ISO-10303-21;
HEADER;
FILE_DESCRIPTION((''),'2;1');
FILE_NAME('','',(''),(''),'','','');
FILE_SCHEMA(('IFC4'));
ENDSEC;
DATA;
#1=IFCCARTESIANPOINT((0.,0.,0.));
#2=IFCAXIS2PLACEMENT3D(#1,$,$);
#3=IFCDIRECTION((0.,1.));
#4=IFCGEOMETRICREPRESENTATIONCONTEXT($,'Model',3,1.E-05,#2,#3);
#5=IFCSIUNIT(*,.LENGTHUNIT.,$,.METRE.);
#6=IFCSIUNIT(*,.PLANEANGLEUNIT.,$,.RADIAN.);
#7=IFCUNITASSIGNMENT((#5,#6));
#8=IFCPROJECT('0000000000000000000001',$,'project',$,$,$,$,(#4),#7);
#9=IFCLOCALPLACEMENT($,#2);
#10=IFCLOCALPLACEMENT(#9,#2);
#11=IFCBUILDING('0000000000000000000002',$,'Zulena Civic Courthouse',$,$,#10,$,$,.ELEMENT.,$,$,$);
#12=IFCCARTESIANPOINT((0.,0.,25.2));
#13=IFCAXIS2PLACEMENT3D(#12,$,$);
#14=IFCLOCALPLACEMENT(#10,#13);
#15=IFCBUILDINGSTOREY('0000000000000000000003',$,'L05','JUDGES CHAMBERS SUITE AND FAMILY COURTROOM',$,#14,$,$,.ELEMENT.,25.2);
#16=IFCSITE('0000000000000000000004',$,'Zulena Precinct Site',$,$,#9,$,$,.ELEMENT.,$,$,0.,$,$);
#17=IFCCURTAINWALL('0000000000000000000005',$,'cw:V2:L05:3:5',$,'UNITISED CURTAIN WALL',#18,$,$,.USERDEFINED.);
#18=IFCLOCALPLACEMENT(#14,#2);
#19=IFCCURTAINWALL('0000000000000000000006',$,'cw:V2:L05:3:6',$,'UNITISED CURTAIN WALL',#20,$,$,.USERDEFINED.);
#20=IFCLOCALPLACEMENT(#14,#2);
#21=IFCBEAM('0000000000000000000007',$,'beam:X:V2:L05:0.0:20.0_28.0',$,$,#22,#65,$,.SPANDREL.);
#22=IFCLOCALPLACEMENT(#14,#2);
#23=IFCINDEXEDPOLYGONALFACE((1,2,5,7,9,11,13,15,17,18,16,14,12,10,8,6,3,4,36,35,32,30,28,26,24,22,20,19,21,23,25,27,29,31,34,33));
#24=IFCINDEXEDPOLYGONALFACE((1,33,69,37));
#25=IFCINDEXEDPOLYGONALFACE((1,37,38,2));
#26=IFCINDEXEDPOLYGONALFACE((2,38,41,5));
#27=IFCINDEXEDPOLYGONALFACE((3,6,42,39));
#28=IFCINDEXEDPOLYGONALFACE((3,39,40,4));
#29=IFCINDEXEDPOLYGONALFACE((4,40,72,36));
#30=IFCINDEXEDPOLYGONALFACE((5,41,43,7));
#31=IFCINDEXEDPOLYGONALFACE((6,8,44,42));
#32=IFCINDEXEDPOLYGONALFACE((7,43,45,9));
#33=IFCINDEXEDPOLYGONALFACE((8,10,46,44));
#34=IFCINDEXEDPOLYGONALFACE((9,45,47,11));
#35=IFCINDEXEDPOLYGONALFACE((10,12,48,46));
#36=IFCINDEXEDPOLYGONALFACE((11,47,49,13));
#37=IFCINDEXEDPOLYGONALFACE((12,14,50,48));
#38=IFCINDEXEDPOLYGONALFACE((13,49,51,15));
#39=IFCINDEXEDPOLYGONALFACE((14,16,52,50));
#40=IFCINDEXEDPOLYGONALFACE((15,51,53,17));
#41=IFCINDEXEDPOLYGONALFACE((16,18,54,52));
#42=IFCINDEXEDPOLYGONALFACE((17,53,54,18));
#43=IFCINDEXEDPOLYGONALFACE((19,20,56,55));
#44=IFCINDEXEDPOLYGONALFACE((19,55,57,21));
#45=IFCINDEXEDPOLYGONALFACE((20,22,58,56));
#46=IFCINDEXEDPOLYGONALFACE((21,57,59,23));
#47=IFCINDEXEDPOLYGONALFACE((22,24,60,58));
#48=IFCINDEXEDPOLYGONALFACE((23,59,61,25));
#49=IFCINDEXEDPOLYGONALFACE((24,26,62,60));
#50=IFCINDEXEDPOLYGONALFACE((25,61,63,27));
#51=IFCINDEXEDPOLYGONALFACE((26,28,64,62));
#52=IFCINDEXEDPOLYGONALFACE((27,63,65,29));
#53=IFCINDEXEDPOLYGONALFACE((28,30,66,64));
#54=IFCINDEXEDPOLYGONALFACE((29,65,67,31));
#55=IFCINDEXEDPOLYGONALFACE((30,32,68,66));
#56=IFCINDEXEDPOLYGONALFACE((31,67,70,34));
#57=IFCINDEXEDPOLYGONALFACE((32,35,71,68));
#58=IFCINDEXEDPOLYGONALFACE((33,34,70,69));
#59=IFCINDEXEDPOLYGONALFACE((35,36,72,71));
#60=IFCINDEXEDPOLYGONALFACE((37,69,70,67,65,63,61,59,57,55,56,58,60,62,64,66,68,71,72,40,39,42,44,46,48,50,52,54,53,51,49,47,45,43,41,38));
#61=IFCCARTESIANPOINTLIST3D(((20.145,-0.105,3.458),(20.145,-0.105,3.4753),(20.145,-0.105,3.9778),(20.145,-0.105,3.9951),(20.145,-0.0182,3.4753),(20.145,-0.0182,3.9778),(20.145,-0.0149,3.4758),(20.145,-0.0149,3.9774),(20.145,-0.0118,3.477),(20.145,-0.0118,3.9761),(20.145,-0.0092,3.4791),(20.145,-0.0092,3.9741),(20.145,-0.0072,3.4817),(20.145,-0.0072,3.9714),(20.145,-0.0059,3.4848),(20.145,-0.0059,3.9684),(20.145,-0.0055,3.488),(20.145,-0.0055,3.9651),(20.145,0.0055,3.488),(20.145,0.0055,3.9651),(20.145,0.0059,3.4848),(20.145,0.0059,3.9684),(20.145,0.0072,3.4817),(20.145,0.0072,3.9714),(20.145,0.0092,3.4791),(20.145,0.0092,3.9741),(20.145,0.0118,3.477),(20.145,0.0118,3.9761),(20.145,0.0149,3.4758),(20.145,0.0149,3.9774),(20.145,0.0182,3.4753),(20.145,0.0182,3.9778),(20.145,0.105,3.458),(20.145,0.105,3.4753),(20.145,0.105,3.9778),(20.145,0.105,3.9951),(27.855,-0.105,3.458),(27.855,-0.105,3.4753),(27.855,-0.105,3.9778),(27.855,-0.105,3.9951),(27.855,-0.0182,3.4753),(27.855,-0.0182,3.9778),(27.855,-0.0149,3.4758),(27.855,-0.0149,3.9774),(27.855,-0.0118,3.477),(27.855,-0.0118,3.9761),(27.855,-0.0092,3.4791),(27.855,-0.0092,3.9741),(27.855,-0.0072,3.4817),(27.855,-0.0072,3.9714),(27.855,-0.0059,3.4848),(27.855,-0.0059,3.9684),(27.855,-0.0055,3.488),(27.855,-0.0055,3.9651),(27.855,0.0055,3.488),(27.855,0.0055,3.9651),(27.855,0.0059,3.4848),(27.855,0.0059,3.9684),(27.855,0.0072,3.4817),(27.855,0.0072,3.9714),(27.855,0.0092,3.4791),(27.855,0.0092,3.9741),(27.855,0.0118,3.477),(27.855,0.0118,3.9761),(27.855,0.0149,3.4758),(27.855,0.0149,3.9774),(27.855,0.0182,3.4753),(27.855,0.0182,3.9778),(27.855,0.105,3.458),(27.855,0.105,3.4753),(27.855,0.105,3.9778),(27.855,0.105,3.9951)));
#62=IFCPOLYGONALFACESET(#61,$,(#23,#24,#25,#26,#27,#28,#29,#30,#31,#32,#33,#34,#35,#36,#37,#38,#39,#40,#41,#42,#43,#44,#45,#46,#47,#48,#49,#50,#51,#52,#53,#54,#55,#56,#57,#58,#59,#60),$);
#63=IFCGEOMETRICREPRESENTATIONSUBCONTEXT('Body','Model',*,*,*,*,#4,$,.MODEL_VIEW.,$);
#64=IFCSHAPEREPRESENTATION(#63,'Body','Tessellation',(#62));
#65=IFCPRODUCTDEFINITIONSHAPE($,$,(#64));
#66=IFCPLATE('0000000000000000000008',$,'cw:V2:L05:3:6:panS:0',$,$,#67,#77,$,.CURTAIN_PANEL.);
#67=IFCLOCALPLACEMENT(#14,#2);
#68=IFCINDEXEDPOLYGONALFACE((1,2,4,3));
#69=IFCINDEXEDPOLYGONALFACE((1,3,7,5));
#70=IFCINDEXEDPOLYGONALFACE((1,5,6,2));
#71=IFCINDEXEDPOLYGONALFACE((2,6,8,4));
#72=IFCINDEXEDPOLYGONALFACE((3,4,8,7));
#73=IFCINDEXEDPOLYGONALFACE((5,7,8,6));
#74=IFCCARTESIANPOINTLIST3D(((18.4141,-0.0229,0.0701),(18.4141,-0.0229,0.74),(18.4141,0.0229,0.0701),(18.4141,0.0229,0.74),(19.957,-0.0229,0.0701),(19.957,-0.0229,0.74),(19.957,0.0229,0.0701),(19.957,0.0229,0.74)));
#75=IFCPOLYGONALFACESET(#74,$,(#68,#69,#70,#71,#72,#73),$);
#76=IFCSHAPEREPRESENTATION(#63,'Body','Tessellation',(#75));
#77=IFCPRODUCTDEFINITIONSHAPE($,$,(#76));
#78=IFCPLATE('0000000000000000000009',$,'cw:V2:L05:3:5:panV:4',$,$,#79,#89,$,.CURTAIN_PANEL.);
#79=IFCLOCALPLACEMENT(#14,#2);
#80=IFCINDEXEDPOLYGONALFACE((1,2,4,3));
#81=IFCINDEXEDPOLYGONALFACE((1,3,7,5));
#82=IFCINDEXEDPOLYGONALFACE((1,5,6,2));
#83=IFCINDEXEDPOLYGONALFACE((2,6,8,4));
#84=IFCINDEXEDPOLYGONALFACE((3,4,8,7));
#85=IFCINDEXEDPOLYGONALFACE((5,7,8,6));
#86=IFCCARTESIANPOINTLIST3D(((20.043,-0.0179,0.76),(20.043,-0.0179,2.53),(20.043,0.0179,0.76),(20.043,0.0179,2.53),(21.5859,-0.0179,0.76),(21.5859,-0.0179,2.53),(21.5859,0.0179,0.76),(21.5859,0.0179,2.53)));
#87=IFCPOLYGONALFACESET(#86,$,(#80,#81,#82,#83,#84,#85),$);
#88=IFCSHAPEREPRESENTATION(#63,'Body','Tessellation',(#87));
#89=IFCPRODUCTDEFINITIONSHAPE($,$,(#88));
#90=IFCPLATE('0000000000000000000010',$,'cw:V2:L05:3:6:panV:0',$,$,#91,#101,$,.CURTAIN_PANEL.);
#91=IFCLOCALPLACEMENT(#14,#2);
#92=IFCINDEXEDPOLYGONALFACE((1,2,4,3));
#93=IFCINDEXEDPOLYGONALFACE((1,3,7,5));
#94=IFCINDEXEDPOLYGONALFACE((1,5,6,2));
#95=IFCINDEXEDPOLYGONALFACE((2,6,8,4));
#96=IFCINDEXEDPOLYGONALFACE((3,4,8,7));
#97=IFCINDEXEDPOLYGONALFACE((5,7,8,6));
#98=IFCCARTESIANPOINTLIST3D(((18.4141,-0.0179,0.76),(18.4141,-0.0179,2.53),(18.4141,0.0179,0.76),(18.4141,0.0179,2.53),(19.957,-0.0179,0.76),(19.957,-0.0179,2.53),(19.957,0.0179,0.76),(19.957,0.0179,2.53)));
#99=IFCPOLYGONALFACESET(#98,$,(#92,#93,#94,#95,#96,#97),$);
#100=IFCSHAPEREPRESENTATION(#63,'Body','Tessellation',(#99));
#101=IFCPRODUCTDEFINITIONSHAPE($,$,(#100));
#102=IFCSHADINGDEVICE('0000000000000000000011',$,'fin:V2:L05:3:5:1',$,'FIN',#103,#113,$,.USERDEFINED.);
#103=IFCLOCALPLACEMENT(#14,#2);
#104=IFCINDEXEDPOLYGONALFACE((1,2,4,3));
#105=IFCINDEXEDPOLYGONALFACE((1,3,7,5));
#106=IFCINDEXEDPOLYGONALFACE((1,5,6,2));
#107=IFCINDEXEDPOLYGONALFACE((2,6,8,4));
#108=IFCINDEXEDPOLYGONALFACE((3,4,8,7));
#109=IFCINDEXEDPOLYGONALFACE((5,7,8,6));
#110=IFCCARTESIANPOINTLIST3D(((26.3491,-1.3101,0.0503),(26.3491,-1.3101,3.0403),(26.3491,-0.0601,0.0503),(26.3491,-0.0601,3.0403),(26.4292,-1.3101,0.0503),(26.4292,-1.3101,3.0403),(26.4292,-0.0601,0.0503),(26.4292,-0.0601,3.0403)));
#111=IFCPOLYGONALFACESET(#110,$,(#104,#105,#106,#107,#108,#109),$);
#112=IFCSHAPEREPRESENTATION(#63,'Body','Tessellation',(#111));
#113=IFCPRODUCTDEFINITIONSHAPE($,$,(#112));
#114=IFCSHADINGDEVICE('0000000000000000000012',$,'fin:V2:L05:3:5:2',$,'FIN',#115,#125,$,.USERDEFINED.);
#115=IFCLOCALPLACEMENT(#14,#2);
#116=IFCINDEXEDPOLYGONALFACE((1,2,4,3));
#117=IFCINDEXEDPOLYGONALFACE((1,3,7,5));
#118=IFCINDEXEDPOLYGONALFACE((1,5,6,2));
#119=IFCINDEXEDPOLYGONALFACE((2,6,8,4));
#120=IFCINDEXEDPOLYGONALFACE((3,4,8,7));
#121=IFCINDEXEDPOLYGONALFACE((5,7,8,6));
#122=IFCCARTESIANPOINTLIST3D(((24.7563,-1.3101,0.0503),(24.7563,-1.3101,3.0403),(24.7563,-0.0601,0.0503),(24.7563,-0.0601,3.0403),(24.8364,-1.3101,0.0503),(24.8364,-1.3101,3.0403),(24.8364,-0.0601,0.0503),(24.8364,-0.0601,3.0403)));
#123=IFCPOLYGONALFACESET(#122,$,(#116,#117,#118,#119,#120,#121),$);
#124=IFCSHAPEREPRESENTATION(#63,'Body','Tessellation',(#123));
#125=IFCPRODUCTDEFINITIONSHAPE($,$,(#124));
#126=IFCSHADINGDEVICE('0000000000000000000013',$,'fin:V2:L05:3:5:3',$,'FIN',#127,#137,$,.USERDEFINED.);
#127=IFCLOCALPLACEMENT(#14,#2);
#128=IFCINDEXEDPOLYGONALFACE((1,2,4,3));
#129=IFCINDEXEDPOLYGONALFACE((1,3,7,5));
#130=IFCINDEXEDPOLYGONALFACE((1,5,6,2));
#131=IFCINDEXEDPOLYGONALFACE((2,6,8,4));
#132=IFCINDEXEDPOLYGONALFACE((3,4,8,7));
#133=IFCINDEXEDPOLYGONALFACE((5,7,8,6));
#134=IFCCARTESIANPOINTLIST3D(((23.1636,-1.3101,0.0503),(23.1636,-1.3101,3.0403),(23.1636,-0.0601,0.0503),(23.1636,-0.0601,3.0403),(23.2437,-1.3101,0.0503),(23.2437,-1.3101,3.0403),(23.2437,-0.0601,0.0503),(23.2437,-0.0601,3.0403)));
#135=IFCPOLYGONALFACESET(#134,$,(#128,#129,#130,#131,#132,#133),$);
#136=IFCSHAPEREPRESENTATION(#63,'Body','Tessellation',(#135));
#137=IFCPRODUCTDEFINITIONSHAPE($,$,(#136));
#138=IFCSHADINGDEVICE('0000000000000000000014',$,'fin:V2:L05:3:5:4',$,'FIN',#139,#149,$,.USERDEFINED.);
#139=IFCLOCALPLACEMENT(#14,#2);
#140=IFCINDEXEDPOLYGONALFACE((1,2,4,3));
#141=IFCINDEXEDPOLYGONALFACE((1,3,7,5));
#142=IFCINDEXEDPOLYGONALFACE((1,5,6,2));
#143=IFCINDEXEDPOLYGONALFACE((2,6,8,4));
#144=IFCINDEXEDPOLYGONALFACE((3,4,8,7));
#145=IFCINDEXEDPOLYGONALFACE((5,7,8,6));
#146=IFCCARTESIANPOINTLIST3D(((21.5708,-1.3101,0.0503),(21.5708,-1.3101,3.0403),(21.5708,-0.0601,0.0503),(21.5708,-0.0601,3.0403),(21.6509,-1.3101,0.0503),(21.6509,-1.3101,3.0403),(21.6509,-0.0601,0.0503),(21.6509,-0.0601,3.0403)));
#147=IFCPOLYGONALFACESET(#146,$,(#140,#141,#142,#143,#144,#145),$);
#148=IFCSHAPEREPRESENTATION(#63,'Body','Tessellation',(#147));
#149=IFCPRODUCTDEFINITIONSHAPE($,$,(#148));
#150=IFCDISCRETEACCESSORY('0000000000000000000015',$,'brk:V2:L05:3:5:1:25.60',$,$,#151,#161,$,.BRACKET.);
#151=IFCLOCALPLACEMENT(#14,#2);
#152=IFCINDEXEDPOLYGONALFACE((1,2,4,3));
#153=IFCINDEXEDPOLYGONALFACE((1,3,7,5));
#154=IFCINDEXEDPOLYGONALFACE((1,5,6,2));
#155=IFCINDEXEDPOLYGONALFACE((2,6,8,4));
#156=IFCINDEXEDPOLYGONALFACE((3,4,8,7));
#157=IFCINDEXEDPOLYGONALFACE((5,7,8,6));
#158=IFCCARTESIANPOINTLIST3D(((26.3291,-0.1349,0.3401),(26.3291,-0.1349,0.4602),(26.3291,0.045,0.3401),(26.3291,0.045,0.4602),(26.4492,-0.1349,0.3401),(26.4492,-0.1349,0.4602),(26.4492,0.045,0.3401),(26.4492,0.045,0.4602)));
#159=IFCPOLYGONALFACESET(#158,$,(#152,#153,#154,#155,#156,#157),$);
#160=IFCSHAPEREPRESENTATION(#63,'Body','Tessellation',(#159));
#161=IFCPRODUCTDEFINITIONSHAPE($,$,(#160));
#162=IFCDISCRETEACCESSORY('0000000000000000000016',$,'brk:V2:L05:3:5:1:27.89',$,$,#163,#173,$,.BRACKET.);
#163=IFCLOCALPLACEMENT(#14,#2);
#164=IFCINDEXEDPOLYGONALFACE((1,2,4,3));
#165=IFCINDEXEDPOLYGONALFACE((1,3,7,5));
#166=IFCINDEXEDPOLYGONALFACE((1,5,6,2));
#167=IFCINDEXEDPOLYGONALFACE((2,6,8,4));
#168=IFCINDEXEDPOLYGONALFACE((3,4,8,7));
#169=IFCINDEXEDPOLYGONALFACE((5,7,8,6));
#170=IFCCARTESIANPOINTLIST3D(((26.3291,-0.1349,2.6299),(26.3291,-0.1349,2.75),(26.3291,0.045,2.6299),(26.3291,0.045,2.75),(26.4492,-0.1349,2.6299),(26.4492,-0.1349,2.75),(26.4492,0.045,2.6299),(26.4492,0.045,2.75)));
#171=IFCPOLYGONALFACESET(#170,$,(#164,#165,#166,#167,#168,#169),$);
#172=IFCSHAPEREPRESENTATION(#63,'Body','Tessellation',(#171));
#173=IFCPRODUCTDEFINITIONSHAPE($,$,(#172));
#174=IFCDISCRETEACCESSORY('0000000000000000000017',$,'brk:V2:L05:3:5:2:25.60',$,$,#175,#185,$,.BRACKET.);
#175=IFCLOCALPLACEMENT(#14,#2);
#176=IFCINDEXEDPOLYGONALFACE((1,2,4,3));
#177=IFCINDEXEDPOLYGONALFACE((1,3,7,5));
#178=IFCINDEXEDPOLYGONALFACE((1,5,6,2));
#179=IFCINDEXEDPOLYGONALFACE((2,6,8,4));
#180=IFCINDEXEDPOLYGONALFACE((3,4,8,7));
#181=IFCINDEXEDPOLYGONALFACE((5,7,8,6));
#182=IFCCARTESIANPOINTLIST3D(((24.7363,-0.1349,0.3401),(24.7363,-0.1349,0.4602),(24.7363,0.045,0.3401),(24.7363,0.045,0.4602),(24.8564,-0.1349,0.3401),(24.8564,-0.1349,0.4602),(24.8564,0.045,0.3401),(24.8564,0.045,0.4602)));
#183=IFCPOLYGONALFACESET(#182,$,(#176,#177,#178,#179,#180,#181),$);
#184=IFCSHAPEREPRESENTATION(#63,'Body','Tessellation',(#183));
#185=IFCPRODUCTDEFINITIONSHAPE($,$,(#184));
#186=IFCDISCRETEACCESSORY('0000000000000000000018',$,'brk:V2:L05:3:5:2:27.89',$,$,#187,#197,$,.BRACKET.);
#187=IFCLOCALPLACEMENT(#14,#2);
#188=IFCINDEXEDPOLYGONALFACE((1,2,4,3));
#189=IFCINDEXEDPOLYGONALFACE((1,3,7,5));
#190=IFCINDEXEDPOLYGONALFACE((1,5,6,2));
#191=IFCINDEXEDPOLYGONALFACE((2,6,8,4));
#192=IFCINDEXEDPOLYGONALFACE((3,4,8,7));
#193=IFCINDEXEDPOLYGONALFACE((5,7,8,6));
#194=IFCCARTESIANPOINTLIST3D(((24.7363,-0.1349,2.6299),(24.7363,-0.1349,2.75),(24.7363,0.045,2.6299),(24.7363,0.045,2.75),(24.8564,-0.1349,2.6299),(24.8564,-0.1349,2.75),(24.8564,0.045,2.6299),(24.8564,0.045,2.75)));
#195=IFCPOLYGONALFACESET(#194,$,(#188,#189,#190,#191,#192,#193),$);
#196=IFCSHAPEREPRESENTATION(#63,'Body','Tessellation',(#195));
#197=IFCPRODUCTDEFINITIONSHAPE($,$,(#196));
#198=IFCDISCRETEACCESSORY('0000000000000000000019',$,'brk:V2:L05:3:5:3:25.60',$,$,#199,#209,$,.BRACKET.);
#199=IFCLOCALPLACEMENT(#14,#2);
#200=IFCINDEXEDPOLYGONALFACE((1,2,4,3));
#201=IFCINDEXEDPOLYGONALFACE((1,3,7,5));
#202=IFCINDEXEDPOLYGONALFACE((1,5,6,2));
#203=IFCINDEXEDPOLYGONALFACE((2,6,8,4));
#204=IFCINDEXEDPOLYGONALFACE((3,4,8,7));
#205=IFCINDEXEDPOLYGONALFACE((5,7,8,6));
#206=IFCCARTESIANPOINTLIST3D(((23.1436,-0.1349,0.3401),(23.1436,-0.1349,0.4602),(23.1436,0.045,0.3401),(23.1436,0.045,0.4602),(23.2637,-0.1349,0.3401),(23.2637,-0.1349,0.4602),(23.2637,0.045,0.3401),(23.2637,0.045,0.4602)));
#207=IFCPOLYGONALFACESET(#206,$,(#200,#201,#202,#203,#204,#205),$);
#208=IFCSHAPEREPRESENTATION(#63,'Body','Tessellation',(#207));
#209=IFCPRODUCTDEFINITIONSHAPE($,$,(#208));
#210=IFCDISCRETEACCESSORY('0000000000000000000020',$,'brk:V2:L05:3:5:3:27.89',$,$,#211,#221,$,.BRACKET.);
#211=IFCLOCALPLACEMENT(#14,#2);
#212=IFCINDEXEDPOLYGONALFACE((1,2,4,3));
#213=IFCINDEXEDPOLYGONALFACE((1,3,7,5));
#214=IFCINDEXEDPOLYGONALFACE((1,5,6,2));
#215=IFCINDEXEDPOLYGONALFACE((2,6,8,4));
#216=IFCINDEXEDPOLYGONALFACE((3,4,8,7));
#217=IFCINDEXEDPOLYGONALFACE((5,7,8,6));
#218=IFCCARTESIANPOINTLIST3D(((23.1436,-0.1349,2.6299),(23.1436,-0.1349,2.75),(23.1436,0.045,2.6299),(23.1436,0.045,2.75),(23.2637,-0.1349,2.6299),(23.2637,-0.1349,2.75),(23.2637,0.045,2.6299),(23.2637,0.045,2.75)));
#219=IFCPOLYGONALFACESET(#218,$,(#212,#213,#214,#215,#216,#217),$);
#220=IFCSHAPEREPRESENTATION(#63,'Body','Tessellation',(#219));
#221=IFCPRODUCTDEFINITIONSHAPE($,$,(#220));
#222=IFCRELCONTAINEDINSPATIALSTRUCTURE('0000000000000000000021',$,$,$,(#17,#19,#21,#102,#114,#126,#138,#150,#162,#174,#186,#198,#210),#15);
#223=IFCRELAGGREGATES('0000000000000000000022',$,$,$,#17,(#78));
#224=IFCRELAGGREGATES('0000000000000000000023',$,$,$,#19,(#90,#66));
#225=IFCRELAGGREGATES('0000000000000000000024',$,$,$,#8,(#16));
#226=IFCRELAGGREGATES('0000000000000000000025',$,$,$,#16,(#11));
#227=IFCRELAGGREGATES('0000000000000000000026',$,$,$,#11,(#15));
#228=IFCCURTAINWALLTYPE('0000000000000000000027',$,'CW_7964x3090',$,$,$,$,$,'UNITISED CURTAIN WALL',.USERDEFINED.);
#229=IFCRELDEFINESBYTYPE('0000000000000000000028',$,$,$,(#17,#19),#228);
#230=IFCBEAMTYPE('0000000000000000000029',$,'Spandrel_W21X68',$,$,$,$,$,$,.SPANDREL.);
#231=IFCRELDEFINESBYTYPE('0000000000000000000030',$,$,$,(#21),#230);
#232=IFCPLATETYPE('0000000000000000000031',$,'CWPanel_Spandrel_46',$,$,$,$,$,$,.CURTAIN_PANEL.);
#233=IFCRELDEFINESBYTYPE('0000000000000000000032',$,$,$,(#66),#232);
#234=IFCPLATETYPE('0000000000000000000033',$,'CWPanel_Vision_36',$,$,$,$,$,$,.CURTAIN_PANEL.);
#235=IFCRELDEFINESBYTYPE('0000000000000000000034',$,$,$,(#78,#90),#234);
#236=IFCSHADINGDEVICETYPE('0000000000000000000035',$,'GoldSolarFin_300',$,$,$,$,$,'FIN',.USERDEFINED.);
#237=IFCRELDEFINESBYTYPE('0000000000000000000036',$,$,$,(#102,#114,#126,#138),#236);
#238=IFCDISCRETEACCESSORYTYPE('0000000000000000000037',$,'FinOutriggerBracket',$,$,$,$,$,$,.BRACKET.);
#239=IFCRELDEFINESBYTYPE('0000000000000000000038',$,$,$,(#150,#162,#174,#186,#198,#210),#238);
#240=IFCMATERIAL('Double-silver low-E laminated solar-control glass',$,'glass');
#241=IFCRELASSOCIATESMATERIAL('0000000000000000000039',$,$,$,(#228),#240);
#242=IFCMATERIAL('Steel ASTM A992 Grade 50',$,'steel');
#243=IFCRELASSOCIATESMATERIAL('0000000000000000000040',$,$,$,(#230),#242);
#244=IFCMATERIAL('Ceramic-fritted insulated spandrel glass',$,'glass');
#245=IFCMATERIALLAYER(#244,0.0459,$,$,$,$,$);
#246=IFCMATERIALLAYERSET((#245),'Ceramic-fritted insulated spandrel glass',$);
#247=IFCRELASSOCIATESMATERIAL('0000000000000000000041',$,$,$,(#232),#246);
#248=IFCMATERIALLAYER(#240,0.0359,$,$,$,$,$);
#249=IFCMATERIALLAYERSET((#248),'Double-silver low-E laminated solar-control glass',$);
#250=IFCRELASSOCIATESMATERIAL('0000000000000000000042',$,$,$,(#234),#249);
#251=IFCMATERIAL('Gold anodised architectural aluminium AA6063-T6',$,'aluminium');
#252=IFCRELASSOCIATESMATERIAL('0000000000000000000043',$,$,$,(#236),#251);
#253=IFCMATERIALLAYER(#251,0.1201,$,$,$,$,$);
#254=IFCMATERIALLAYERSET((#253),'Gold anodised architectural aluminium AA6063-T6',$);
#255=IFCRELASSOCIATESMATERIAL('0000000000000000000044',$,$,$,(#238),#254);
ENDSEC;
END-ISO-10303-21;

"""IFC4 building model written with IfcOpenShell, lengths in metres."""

from ifc_helpers import new_model, si_unit, direction, frame, origin, origin_2d, place, context, subcontext, project, spatial, rectangle, i_section, extrude, material, layer, layer_set, material_profile, profile_set, type_object, element, aggregate, save


model = new_model("IFC4")

# Units and contexts
model_context = context("Model", 3, precision=1e-05, world=origin(), true_north=direction((0.0, 1.0)))
body_context = subcontext(model_context, "Body", "Model", "MODEL_VIEW")
ifc_project = project(units=[si_unit("LENGTHUNIT", "METRE"), si_unit("PLANEANGLEUNIT", "RADIAN")], contexts=[model_context])

# Site, building, storey
site_placement = place(None, origin())
site = spatial("IfcSite", under=ifc_project, at=site_placement, Name="Zulena Precinct Site", CompositionType="ELEMENT", RefElevation=0.0)
building_placement = place(site_placement, origin())
building = spatial("IfcBuilding", under=site, at=building_placement, Name="Zulena Civic Courthouse", CompositionType="ELEMENT")
storey_placement = place(building_placement, frame((0.0, 0.0, 25.2)))
storey = spatial("IfcBuildingStorey", under=building, at=storey_placement, Name="L05", Description="JUDGES CHAMBERS SUITE AND FAMILY COURTROOM", CompositionType="ELEMENT", Elevation=25.2)

# Shared definitions
ifc_material_1 = material(Name="Steel ASTM A992 Grade 50", Category="steel")

# Curtain wall
ifc_material_2 = material(Name="Double-silver low-E laminated solar-control glass", Category="glass")
curtain_wall_type = type_object("IfcCurtainWallType", Name="CW_7964x3090", ElementType="UNITISED CURTAIN WALL", PredefinedType="USERDEFINED", material=ifc_material_2)
curtain_wall_1_placement = place(storey_placement, origin())
curtain_wall_1 = element("IfcCurtainWall", 1, at=curtain_wall_1_placement, inside=storey, type_object=curtain_wall_type, Name="cw:V2:L05:3:5", ObjectType="UNITISED CURTAIN WALL", PredefinedType="USERDEFINED")

# Curtain wall
curtain_wall_2_placement = place(storey_placement, origin())
curtain_wall_2 = element("IfcCurtainWall", 2, at=curtain_wall_2_placement, inside=storey, type_object=curtain_wall_type, Name="cw:V2:L05:3:6", ObjectType="UNITISED CURTAIN WALL", PredefinedType="USERDEFINED")

# Beam
ifc_material_profile_1 = material_profile(ifc_material_1, i_section(OverallWidth=0.21, OverallDepth=0.5371, WebThickness=0.011, FlangeThickness=0.0173, FilletRadius=0.0127, at=origin_2d()), Name="W21X68")
ifc_profile_set_1 = profile_set([ifc_material_profile_1], Name="Steel ASTM A992 Grade 50")
beam_type = type_object("IfcBeamType", Name="Spandrel_W21X68", PredefinedType="SPANDREL", material=ifc_profile_set_1)
beam_placement = place(storey_placement, frame((20.145, 0.0, 3.7266), z_axis=(1.0, 0.0, 0.0), x_axis=(0.0, 1.0, 0.0)))
element("IfcBeam", 3, at=beam_placement, inside=storey, type_object=beam_type, Name="beam:X:V2:L05:0.0:20.0_28.0", PredefinedType="SPANDREL", context=body_context, shape_type="SweptSolid", body=[
    extrude(i_section(OverallWidth=0.21, OverallDepth=0.5371, WebThickness=0.011, FlangeThickness=0.0173, FilletRadius=0.0127, at=origin_2d()), origin(), (0.0, 0.0, 1.0), 7.71),
])

# Plates
ifc_material_3 = material(Name="Ceramic-fritted insulated spandrel glass", Category="glass")
ifc_layer_1 = layer(ifc_material_3, 0.0459)
ifc_layer_set_1 = layer_set([ifc_layer_1], Name="Ceramic-fritted insulated spandrel glass")
plate_type_1 = type_object("IfcPlateType", Name="CWPanel_Spandrel_46", PredefinedType="CURTAIN_PANEL", material=ifc_layer_set_1)
plate_1_placement = place(storey_placement, frame((19.1855, 0.0, 0.0701), z_axis=(0.0, 0.0, 1.0), x_axis=(-1.0, 0.0, 0.0)))
plate_1 = element("IfcPlate", 4, at=plate_1_placement, type_object=plate_type_1, Name="cw:V2:L05:3:6:panS:0", PredefinedType="CURTAIN_PANEL", context=body_context, shape_type="SweptSolid", body=[
    extrude(rectangle(XDim=1.543, YDim=0.0459, at=origin_2d()), origin(), (0.0, 0.0, 1.0), 0.6699),
])
ifc_layer_2 = layer(ifc_material_2, 0.0359)
ifc_layer_set_2 = layer_set([ifc_layer_2], Name="Double-silver low-E laminated solar-control glass")
plate_type_2 = type_object("IfcPlateType", Name="CWPanel_Vision_36", PredefinedType="CURTAIN_PANEL", material=ifc_layer_set_2)
plate_2_placement = place(storey_placement, frame((20.8145, 0.0, 0.76), z_axis=(0.0, 0.0, 1.0), x_axis=(-1.0, 0.0, 0.0)))
plate_2 = element("IfcPlate", 5, at=plate_2_placement, type_object=plate_type_2, Name="cw:V2:L05:3:5:panV:4", PredefinedType="CURTAIN_PANEL", context=body_context, shape_type="SweptSolid", body=[
    extrude(rectangle(XDim=1.543, YDim=0.0359, at=origin_2d()), origin(), (0.0, 0.0, 1.0), 1.77),
])
aggregate(curtain_wall_1, [plate_2])
plate_3_placement = place(storey_placement, frame((19.1855, 0.0, 0.76), z_axis=(0.0, 0.0, 1.0), x_axis=(-1.0, 0.0, 0.0)))
plate_3 = element("IfcPlate", 6, at=plate_3_placement, type_object=plate_type_2, Name="cw:V2:L05:3:6:panV:0", PredefinedType="CURTAIN_PANEL", context=body_context, shape_type="SweptSolid", body=[
    extrude(rectangle(XDim=1.543, YDim=0.0359, at=origin_2d()), origin(), (0.0, 0.0, 1.0), 1.77),
])
aggregate(curtain_wall_2, [plate_3, plate_1])

# Shading devices
ifc_material_4 = material(Name="Gold anodised architectural aluminium AA6063-T6", Category="aluminium")
shading_device_type = type_object("IfcShadingDeviceType", Name="GoldSolarFin_300", ElementType="FIN", PredefinedType="USERDEFINED", material=ifc_material_4)
for number, where, z_axis, x_axis, name in (
    (7, (26.3892, -0.6851, 0.0503), (0.0, 0.0, 1.0), (0.0, -1.0, 0.0), "fin:V2:L05:3:5:1"),
    (8, (24.7964, -0.6851, 0.0503), (0.0, 0.0, 1.0), (0.0, -1.0, 0.0), "fin:V2:L05:3:5:2"),
    (9, (23.2036, -0.6851, 0.0503), (0.0, 0.0, 1.0), (0.0, -1.0, 0.0), "fin:V2:L05:3:5:3"),
    (10, (21.6108, -0.6851, 0.0503), (0.0, 0.0, 1.0), (0.0, -1.0, 0.0), "fin:V2:L05:3:5:4"),
):
    element("IfcShadingDevice", number, at=place(storey_placement, frame(where, z_axis=z_axis, x_axis=x_axis)), inside=storey, type_object=shading_device_type, Name=name, ObjectType="FIN", PredefinedType="USERDEFINED", context=body_context, shape_type="SweptSolid", body=[
        extrude(rectangle(XDim=1.25, YDim=0.0801, at=origin_2d()), origin(), (0.0, 0.0, 1.0), 2.99),
    ])

# Discrete accessories
ifc_layer_3 = layer(ifc_material_4, 0.1201)
ifc_layer_set_3 = layer_set([ifc_layer_3], Name="Gold anodised architectural aluminium AA6063-T6")
discrete_accessory_type = type_object("IfcDiscreteAccessoryType", Name="FinOutriggerBracket", PredefinedType="BRACKET", material=ifc_layer_set_3)
for number, where, z_axis, x_axis, name in (
    (11, (26.3892, -0.0449, 0.3401), (0.0, 0.0, 1.0), (0.0, -1.0, 0.0), "brk:V2:L05:3:5:1:25.60"),
    (12, (26.3892, -0.0449, 2.6299), (0.0, 0.0, 1.0), (0.0, -1.0, 0.0), "brk:V2:L05:3:5:1:27.89"),
    (13, (24.7964, -0.0449, 0.3401), (0.0, 0.0, 1.0), (0.0, -1.0, 0.0), "brk:V2:L05:3:5:2:25.60"),
    (14, (24.7964, -0.0449, 2.6299), (0.0, 0.0, 1.0), (0.0, -1.0, 0.0), "brk:V2:L05:3:5:2:27.89"),
    (15, (23.2036, -0.0449, 0.3401), (0.0, 0.0, 1.0), (0.0, -1.0, 0.0), "brk:V2:L05:3:5:3:25.60"),
    (16, (23.2036, -0.0449, 2.6299), (0.0, 0.0, 1.0), (0.0, -1.0, 0.0), "brk:V2:L05:3:5:3:27.89"),
):
    element("IfcDiscreteAccessory", number, at=place(storey_placement, frame(where, z_axis=z_axis, x_axis=x_axis)), inside=storey, type_object=discrete_accessory_type, Name=name, PredefinedType="BRACKET", context=body_context, shape_type="SweptSolid", body=[
        extrude(rectangle(XDim=0.1799, YDim=0.1201, at=origin_2d()), origin(), (0.0, 0.0, 1.0), 0.1201),
    ])

save(model, "model.ifc")
